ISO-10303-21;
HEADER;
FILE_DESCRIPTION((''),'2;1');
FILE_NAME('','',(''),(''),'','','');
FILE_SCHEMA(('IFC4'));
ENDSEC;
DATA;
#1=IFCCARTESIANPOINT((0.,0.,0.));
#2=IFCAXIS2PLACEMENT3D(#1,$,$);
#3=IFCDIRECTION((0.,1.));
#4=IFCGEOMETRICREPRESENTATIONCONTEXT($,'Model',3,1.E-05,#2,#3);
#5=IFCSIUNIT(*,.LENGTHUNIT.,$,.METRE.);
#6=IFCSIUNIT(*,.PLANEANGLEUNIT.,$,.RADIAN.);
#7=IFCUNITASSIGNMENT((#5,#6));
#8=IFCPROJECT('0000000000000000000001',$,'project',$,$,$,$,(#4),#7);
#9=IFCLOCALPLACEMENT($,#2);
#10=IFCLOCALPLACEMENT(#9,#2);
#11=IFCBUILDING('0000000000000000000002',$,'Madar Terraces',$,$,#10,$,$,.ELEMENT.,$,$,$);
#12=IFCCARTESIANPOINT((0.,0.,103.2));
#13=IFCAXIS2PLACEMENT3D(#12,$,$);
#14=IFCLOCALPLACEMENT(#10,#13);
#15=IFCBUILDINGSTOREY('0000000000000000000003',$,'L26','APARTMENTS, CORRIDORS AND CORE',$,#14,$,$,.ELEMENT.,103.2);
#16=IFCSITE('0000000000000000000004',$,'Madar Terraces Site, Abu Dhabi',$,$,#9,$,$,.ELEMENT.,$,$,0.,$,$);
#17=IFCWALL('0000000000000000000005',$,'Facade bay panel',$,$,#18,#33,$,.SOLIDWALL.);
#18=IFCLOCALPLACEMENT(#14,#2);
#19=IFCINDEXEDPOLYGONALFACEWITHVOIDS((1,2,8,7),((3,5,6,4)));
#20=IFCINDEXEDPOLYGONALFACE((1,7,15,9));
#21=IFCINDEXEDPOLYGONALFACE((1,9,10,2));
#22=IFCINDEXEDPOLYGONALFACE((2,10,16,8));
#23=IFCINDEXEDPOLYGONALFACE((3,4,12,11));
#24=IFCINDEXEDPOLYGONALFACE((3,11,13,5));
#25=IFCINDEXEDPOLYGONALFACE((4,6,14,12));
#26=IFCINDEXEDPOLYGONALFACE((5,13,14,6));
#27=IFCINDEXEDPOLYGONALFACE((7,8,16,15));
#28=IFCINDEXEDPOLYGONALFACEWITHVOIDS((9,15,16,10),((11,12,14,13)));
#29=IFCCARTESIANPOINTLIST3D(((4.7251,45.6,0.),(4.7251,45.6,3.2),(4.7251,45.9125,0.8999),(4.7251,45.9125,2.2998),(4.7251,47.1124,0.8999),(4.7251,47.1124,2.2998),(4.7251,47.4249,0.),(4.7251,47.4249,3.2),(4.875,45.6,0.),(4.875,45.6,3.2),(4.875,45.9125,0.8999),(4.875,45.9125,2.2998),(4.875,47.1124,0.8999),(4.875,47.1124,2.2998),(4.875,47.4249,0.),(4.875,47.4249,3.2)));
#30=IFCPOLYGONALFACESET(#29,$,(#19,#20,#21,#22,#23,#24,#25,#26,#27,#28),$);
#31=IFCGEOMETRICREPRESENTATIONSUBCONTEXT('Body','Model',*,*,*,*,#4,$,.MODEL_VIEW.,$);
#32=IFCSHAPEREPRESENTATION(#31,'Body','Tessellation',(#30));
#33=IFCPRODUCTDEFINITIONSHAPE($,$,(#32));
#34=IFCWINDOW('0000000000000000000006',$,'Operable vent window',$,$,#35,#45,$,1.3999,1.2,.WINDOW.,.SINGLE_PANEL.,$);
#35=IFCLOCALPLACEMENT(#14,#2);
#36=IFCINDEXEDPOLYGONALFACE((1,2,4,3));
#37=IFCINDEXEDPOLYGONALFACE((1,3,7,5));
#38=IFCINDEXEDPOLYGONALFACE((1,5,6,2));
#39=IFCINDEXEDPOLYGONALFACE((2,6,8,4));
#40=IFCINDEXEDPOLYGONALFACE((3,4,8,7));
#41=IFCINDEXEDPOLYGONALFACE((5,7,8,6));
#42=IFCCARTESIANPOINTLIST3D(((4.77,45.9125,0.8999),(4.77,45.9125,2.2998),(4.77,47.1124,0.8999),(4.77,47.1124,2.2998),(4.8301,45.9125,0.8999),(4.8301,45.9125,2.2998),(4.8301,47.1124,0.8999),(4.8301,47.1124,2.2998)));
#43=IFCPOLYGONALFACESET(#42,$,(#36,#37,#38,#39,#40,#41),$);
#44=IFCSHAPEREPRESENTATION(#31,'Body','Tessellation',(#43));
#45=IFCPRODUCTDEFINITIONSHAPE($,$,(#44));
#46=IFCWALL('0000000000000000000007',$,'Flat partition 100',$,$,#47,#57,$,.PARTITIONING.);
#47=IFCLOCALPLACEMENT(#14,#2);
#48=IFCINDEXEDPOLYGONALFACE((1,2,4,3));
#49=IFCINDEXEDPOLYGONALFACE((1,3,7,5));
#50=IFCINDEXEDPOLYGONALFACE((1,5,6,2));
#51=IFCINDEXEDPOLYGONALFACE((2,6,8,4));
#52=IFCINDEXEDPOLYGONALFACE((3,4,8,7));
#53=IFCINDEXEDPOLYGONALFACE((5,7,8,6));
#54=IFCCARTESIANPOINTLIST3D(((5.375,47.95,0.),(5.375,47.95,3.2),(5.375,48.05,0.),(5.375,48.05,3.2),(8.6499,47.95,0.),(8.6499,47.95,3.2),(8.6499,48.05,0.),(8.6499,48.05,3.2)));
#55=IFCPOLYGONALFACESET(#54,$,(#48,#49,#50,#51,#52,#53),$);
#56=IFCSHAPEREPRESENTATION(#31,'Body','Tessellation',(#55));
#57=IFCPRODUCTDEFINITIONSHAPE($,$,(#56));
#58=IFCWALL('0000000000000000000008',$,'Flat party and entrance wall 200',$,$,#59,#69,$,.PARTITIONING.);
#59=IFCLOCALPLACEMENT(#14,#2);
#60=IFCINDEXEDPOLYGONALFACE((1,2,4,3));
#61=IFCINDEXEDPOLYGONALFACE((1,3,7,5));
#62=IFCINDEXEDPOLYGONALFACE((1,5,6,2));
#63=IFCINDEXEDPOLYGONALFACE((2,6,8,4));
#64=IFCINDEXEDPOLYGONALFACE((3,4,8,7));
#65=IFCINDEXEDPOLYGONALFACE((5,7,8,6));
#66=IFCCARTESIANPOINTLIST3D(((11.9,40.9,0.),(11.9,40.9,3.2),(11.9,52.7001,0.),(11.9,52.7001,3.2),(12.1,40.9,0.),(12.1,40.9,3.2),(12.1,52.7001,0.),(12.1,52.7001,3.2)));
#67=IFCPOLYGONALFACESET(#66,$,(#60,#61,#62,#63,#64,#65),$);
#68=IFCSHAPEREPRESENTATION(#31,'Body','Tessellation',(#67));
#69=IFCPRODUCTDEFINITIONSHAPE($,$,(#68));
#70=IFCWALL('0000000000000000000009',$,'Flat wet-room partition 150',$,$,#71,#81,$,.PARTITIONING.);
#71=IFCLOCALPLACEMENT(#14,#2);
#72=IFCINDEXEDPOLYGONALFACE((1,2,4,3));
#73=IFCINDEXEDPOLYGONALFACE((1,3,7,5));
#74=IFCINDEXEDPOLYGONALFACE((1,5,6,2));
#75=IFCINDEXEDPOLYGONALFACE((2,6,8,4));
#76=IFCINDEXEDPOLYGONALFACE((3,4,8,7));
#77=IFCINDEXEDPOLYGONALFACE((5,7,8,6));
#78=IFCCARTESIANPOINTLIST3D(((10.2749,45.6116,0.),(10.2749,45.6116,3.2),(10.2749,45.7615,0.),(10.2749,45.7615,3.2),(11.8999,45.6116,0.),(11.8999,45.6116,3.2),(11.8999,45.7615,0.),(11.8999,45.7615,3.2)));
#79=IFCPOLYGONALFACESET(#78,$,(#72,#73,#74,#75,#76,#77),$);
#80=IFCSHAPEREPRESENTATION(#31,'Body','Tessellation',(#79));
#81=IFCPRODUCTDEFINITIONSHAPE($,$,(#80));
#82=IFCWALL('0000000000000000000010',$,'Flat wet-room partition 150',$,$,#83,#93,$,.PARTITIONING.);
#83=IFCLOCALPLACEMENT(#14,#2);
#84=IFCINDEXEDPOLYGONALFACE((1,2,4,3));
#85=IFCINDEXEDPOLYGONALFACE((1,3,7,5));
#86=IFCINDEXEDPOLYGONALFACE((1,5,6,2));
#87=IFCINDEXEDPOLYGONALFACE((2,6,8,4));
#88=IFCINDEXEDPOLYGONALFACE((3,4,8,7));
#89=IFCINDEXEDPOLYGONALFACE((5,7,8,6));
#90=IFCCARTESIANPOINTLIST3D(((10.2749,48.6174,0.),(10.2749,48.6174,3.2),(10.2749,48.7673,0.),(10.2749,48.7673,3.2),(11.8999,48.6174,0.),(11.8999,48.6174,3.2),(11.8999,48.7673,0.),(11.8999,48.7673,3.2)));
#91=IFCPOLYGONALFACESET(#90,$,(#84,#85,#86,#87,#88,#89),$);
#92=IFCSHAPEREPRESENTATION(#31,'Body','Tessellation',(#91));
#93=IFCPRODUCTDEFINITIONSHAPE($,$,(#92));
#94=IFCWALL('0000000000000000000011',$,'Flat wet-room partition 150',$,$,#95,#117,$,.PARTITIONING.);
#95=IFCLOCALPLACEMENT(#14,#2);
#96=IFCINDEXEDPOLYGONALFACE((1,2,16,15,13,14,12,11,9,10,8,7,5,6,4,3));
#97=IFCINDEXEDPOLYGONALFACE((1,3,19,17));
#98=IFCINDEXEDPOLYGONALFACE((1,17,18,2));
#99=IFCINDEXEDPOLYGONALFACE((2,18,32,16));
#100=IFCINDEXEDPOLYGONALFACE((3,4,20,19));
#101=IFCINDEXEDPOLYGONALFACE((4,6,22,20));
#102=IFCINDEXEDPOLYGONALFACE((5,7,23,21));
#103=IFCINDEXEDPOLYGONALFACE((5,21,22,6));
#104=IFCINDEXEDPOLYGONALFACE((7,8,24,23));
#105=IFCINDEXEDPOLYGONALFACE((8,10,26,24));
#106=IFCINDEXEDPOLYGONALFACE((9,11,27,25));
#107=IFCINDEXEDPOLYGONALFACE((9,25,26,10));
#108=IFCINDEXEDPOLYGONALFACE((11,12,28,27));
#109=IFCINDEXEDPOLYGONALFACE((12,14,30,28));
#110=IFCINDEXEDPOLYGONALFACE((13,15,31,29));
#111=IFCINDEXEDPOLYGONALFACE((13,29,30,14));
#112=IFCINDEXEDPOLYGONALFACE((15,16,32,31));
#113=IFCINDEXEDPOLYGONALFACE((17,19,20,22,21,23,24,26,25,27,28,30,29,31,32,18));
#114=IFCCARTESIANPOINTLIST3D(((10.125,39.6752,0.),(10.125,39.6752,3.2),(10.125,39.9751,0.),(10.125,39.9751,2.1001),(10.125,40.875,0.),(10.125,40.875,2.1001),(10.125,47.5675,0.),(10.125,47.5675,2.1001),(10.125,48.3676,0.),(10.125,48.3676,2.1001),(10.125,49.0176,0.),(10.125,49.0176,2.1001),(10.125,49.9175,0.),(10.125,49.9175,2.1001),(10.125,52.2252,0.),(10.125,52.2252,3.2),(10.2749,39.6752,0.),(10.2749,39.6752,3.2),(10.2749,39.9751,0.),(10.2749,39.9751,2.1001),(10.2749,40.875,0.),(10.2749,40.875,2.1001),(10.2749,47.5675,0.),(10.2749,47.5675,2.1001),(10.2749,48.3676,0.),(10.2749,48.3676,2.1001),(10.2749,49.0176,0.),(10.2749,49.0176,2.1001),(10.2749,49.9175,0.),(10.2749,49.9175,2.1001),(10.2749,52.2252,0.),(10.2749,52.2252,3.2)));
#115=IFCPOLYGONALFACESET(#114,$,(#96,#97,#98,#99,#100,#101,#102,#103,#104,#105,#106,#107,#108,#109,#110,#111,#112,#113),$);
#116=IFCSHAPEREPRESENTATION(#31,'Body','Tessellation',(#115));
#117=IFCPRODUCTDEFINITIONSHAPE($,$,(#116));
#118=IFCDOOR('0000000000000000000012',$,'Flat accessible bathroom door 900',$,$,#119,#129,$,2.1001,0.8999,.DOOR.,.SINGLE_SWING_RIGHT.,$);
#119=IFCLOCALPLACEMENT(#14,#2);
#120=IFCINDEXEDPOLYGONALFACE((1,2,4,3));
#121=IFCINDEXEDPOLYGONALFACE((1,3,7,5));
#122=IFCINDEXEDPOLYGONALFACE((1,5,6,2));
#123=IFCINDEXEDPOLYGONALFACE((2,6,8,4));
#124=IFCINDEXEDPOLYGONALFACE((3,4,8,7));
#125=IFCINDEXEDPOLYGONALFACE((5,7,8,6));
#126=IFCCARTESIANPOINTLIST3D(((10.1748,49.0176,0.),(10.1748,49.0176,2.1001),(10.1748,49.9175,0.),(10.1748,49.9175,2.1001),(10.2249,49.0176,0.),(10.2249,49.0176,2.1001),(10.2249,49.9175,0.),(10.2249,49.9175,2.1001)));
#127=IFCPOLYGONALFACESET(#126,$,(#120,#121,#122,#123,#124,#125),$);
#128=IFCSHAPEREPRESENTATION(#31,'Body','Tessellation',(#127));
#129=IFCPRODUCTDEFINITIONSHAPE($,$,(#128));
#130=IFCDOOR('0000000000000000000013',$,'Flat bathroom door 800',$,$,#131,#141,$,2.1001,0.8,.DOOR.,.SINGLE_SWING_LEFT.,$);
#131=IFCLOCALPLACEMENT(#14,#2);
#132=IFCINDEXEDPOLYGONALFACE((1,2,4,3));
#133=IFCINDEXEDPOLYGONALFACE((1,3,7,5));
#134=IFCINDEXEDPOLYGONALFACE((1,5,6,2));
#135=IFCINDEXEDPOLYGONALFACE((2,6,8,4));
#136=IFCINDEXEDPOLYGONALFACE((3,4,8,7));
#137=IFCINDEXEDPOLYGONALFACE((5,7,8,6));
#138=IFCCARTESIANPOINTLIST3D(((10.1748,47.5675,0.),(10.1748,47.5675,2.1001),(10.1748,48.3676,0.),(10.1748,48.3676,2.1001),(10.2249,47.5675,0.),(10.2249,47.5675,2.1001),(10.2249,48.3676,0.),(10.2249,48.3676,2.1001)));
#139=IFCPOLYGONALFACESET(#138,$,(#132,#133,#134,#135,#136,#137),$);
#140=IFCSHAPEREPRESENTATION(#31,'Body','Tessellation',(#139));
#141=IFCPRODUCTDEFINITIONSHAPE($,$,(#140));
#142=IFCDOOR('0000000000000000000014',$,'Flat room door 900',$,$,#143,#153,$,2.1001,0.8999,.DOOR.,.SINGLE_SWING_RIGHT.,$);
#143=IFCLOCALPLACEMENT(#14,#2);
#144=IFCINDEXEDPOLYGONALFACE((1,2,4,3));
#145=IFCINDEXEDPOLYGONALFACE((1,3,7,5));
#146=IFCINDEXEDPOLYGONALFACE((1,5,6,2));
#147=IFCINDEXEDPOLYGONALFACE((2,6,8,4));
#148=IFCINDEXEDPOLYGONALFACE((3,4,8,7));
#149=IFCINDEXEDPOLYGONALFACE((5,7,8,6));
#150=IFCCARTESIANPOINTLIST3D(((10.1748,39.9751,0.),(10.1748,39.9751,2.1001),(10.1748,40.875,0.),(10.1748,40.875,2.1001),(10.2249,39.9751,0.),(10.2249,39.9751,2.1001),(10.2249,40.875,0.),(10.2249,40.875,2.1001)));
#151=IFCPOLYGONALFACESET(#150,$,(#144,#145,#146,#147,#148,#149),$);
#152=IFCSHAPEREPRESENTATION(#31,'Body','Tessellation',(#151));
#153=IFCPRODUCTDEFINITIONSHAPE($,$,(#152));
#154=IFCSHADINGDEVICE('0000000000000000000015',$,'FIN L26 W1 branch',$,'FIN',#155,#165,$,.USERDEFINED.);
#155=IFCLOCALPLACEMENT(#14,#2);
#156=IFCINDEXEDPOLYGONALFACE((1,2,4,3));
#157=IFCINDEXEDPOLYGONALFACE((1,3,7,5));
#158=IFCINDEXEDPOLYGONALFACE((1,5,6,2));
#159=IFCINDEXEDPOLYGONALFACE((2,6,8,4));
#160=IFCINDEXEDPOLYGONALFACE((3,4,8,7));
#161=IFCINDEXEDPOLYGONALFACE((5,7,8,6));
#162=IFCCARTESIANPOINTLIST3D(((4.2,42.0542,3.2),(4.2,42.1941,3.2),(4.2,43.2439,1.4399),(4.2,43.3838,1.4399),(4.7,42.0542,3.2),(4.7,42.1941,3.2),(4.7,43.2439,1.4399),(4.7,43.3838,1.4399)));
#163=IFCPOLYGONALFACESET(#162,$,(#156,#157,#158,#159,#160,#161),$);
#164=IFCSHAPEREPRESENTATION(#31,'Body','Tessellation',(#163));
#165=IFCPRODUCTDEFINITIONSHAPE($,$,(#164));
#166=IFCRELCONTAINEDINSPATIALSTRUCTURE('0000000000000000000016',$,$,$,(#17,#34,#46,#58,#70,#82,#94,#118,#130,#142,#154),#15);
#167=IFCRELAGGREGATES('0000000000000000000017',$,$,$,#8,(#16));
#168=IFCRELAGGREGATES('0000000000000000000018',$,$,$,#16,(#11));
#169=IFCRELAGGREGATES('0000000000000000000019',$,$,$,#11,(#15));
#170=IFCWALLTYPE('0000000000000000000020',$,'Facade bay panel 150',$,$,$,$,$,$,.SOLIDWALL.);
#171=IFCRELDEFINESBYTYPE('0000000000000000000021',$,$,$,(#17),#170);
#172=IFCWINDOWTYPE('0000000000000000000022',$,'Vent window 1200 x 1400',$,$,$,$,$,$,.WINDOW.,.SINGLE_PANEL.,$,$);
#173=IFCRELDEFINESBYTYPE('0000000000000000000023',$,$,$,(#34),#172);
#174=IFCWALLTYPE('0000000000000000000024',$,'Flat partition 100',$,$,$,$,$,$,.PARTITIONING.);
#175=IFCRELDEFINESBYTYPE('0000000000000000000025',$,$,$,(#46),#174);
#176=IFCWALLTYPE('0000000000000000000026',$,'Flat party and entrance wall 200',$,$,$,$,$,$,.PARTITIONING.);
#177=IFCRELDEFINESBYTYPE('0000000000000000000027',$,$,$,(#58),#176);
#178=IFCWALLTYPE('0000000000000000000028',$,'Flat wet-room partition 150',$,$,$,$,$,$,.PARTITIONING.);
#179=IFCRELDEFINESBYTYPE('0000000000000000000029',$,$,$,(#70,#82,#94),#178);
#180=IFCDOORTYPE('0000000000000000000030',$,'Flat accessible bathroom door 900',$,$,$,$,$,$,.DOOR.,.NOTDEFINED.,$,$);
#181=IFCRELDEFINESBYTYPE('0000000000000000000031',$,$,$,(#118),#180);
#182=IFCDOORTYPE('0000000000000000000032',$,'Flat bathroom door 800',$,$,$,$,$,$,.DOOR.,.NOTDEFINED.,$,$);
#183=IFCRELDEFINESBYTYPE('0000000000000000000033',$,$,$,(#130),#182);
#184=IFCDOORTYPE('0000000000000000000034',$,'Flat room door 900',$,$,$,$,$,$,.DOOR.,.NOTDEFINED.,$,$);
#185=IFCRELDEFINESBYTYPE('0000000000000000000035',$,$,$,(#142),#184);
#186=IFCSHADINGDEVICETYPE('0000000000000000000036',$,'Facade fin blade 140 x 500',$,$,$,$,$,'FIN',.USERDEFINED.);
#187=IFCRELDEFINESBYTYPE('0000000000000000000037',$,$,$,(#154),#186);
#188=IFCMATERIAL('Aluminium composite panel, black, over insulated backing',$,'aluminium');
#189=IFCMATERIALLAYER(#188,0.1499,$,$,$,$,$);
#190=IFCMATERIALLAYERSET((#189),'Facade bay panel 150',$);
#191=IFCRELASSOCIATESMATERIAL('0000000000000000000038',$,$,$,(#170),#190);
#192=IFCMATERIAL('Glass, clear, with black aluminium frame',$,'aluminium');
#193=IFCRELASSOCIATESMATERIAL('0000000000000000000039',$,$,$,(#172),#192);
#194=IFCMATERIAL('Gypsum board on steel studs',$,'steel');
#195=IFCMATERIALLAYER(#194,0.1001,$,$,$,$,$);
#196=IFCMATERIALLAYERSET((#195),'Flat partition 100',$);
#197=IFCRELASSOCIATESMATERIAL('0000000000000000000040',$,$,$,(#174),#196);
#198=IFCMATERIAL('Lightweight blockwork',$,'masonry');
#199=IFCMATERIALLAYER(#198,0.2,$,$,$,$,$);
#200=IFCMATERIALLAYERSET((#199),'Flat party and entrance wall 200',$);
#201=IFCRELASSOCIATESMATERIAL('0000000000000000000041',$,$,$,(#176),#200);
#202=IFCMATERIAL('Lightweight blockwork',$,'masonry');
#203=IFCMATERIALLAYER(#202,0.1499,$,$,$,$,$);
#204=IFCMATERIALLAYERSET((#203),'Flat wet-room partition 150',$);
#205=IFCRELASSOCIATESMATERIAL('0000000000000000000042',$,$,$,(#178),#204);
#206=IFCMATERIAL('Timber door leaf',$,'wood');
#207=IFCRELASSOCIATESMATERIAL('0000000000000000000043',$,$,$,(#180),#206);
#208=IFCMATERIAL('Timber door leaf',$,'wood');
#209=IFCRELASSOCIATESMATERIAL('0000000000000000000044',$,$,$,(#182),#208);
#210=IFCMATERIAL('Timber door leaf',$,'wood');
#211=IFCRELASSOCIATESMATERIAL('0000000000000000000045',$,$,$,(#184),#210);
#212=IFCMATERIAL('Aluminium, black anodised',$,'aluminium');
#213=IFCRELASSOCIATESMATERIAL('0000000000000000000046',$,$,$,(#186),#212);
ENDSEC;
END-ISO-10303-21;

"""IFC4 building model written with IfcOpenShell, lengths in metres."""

from ifc_helpers import new_model, si_unit, direction, frame, frame_2d, origin, place, context, subcontext, project, spatial, polyline, rectangle, outline, extrude, material, layer, layer_set, type_object, element, fill, save


model = new_model("IFC4")

# Units and contexts
model_context = context("Model", 3, precision=1e-05, world=origin(), true_north=direction((0.0, 1.0)))
body_context = subcontext(model_context, "Body", "Model", "MODEL_VIEW")
ifc_project = project(units=[si_unit("LENGTHUNIT", "METRE"), si_unit("PLANEANGLEUNIT", "RADIAN")], contexts=[model_context])

# Site, building, storey
site_placement = place(None, origin())
site = spatial("IfcSite", under=ifc_project, at=site_placement, Name="Madar Terraces Site, Abu Dhabi", CompositionType="ELEMENT", RefElevation=0.0)
building_placement = place(site_placement, origin())
building = spatial("IfcBuilding", under=site, at=building_placement, Name="Madar Terraces", CompositionType="ELEMENT")
storey_placement = place(building_placement, frame((0.0, 0.0, 103.2)))
storey = spatial("IfcBuildingStorey", under=building, at=storey_placement, Name="L26", Description="APARTMENTS, CORRIDORS AND CORE", CompositionType="ELEMENT", Elevation=103.2)

# Wall, opening, window
ifc_material_1 = material(Name="Aluminium composite panel, black, over insulated backing", Category="aluminium")
ifc_layer_1 = layer(ifc_material_1, 0.1499)
ifc_layer_set_1 = layer_set([ifc_layer_1], Name="Facade bay panel 150")
wall_type_1 = type_object("IfcWallType", Name="Facade bay panel 150", PredefinedType="SOLIDWALL", material=ifc_layer_set_1)
wall_1_placement = place(storey_placement, frame((4.8, 47.425, 0.0), z_axis=(0.0, 0.0, 1.0), x_axis=(0.0, -1.0, 0.0)))
wall_1 = element("IfcWall", 1, at=wall_1_placement, inside=storey, type_object=wall_type_1, Name="Facade bay panel", PredefinedType="SOLIDWALL", context=body_context, shape_type="SweptSolid", body=[
    extrude(rectangle(XDim=1.825, YDim=0.1499, at=frame_2d((0.9126, 0.0))), origin(), (0.0, 0.0, 1.0), 3.2),
])
opening_1_placement = place(wall_1_placement, frame((0.3125, 0.0, 0.8999)))
opening_1 = element("IfcOpeningElement", 2, at=opening_1_placement, cuts=wall_1, PredefinedType="OPENING", context=body_context, shape_type="SweptSolid", body=[
    extrude(rectangle(XDim=1.2, YDim=1.3999, at=frame_2d((0.6001, 0.7))), frame((0.0, 0.085, 0.0), z_axis=(0.0, -1.0, 0.0), x_axis=(1.0, 0.0, 0.0)), (0.0, 0.0, 1.0), 0.1699),
])
ifc_material_2 = material(Name="Glass, clear, with black aluminium frame", Category="aluminium")
window_type = type_object("IfcWindowType", Name="Vent window 1200 x 1400", PartitioningType="SINGLE_PANEL", PredefinedType="WINDOW", material=ifc_material_2)
window_placement = place(opening_1_placement, origin())
window = element("IfcWindow", 3, at=window_placement, inside=storey, type_object=window_type, Name="Operable vent window", OverallHeight=1.3999, OverallWidth=1.2, PartitioningType="SINGLE_PANEL", PredefinedType="WINDOW", context=body_context, shape_type="SweptSolid", body=[
    extrude(rectangle(XDim=1.2, YDim=1.3999, at=frame_2d((0.6001, 0.7))), frame((0.0, 0.03, 0.0), z_axis=(0.0, -1.0, 0.0), x_axis=(1.0, 0.0, 0.0)), (0.0, 0.0, 1.0), 0.0601),
])
fill(opening_1, window)

# Walls
ifc_material_3 = material(Name="Gypsum board on steel studs", Category="steel")
ifc_layer_2 = layer(ifc_material_3, 0.1001)
ifc_layer_set_2 = layer_set([ifc_layer_2], Name="Flat partition 100")
wall_type_2 = type_object("IfcWallType", Name="Flat partition 100", PredefinedType="PARTITIONING", material=ifc_layer_set_2)
wall_2_placement = place(storey_placement, frame((8.6499, 48.0, 0.0), z_axis=(0.0, 0.0, 1.0), x_axis=(-1.0, 0.0, 0.0)))
element("IfcWall", 4, at=wall_2_placement, inside=storey, type_object=wall_type_2, Name="Flat partition 100", PredefinedType="PARTITIONING", context=body_context, shape_type="SweptSolid", body=[
    extrude(rectangle(XDim=3.2749, YDim=0.1001, at=frame_2d((1.6375, 0.0))), origin(), (0.0, 0.0, 1.0), 3.2),
])
ifc_material_4 = material(Name="Lightweight blockwork", Category="masonry")
ifc_layer_3 = layer(ifc_material_4, 0.2)
ifc_layer_set_3 = layer_set([ifc_layer_3], Name="Flat party and entrance wall 200")
wall_type_3 = type_object("IfcWallType", Name="Flat party and entrance wall 200", PredefinedType="PARTITIONING", material=ifc_layer_set_3)
wall_3_placement = place(storey_placement, frame((12.0, 52.7, 0.0), z_axis=(0.0, 0.0, 1.0), x_axis=(0.0, -1.0, 0.0)))
element("IfcWall", 5, at=wall_3_placement, inside=storey, type_object=wall_type_3, Name="Flat party and entrance wall 200", PredefinedType="PARTITIONING", context=body_context, shape_type="SweptSolid", body=[
    extrude(rectangle(XDim=11.8, YDim=0.2, at=frame_2d((5.8999, 0.0))), origin(), (0.0, 0.0, 1.0), 3.2),
])
ifc_material_5 = material(Name="Lightweight blockwork", Category="masonry")
ifc_layer_4 = layer(ifc_material_5, 0.1499)
ifc_layer_set_4 = layer_set([ifc_layer_4], Name="Flat wet-room partition 150")
wall_type_4 = type_object("IfcWallType", Name="Flat wet-room partition 150", PredefinedType="PARTITIONING", material=ifc_layer_set_4)
for number, where, z_axis, x_axis, name in (
    (6, (11.8999, 45.6865, 0.0), (0.0, 0.0, 1.0), (-1.0, 0.0, 0.0), "Flat wet-room partition 150"),
    (7, (11.8999, 48.6924, 0.0), (0.0, 0.0, 1.0), (-1.0, 0.0, 0.0), "Flat wet-room partition 150"),
):
    element("IfcWall", number, at=place(storey_placement, frame(where, z_axis=z_axis, x_axis=x_axis)), inside=storey, type_object=wall_type_4, Name=name, PredefinedType="PARTITIONING", context=body_context, shape_type="SweptSolid", body=[
        extrude(rectangle(XDim=1.625, YDim=0.1499, at=frame_2d((0.8125, 0.0))), origin(), (0.0, 0.0, 1.0), 3.2),
    ])

# Wall, openings, doors
wall_4_placement = place(storey_placement, frame((10.2, 52.2251, 0.0), z_axis=(0.0, 0.0, 1.0), x_axis=(0.0, -1.0, 0.0)))
wall_4 = element("IfcWall", 8, at=wall_4_placement, inside=storey, type_object=wall_type_4, Name="Flat wet-room partition 150", PredefinedType="PARTITIONING", context=body_context, shape_type="SweptSolid", body=[
    extrude(rectangle(XDim=12.55, YDim=0.1499, at=frame_2d((6.2749, 0.0))), origin(), (0.0, 0.0, 1.0), 3.2),
])
opening_2_placement = place(wall_4_placement, frame((11.3501, 0.0, 0.0)))
opening_2 = element("IfcOpeningElement", 9, at=opening_2_placement, cuts=wall_4, PredefinedType="OPENING", context=body_context, shape_type="SweptSolid", body=[
    extrude(rectangle(XDim=0.8999, YDim=2.1001, at=frame_2d((0.45, 1.05))), frame((0.0, 0.085, 0.0), z_axis=(0.0, -1.0, 0.0), x_axis=(1.0, 0.0, 0.0)), (0.0, 0.0, 1.0), 0.1699),
])
opening_3_placement = place(wall_4_placement, frame((3.8577, 0.0, 0.0)))
opening_3 = element("IfcOpeningElement", 10, at=opening_3_placement, cuts=wall_4, PredefinedType="OPENING", context=body_context, shape_type="SweptSolid", body=[
    extrude(rectangle(XDim=0.8, YDim=2.1001, at=frame_2d((0.3999, 1.05))), frame((0.0, 0.085, 0.0), z_axis=(0.0, -1.0, 0.0), x_axis=(1.0, 0.0, 0.0)), (0.0, 0.0, 1.0), 0.1699),
])
opening_4_placement = place(wall_4_placement, frame((2.3076, 0.0, 0.0)))
opening_4 = element("IfcOpeningElement", 11, at=opening_4_placement, cuts=wall_4, PredefinedType="OPENING", context=body_context, shape_type="SweptSolid", body=[
    extrude(rectangle(XDim=0.8999, YDim=2.1001, at=frame_2d((0.45, 1.05))), frame((0.0, 0.085, 0.0), z_axis=(0.0, -1.0, 0.0), x_axis=(1.0, 0.0, 0.0)), (0.0, 0.0, 1.0), 0.1699),
])
ifc_material_6 = material(Name="Timber door leaf", Category="wood")
door_type_1 = type_object("IfcDoorType", Name="Flat accessible bathroom door 900", OperationType="NOTDEFINED", PredefinedType="DOOR", material=ifc_material_6)
door_1_placement = place(opening_4_placement, origin())
door_1 = element("IfcDoor", 12, at=door_1_placement, inside=storey, type_object=door_type_1, Name="Flat accessible bathroom door 900", OperationType="SINGLE_SWING_RIGHT", OverallHeight=2.1001, OverallWidth=0.8999, PredefinedType="DOOR", context=body_context, shape_type="SweptSolid", body=[
    extrude(rectangle(XDim=0.8999, YDim=2.1001, at=frame_2d((0.45, 1.05))), frame((0.0, 0.0249, 0.0), z_axis=(0.0, -1.0, 0.0), x_axis=(1.0, 0.0, 0.0)), (0.0, 0.0, 1.0), 0.05),
])
fill(opening_4, door_1)
ifc_material_7 = material(Name="Timber door leaf", Category="wood")
door_type_2 = type_object("IfcDoorType", Name="Flat bathroom door 800", OperationType="NOTDEFINED", PredefinedType="DOOR", material=ifc_material_7)
door_2_placement = place(opening_3_placement, origin())
door_2 = element("IfcDoor", 13, at=door_2_placement, inside=storey, type_object=door_type_2, Name="Flat bathroom door 800", OperationType="SINGLE_SWING_LEFT", OverallHeight=2.1001, OverallWidth=0.8, PredefinedType="DOOR", context=body_context, shape_type="SweptSolid", body=[
    extrude(rectangle(XDim=0.8, YDim=2.1001, at=frame_2d((0.3999, 1.05))), frame((0.0, 0.0249, 0.0), z_axis=(0.0, -1.0, 0.0), x_axis=(1.0, 0.0, 0.0)), (0.0, 0.0, 1.0), 0.05),
])
fill(opening_3, door_2)
ifc_material_8 = material(Name="Timber door leaf", Category="wood")
door_type_3 = type_object("IfcDoorType", Name="Flat room door 900", OperationType="NOTDEFINED", PredefinedType="DOOR", material=ifc_material_8)
door_3_placement = place(opening_2_placement, origin())
door_3 = element("IfcDoor", 14, at=door_3_placement, inside=storey, type_object=door_type_3, Name="Flat room door 900", OperationType="SINGLE_SWING_RIGHT", OverallHeight=2.1001, OverallWidth=0.8999, PredefinedType="DOOR", context=body_context, shape_type="SweptSolid", body=[
    extrude(rectangle(XDim=0.8999, YDim=2.1001, at=frame_2d((0.45, 1.05))), frame((0.0, 0.0249, 0.0), z_axis=(0.0, -1.0, 0.0), x_axis=(1.0, 0.0, 0.0)), (0.0, 0.0, 1.0), 0.05),
])
fill(opening_2, door_3)

# Shading device
ifc_material_9 = material(Name="Aluminium, black anodised", Category="aluminium")
shading_device_type = type_object("IfcShadingDeviceType", Name="Facade fin blade 140 x 500", ElementType="FIN", PredefinedType="USERDEFINED", material=ifc_material_9)
shading_device_placement = place(storey_placement, frame((4.45, 43.3838, 1.4399), z_axis=(0.0, 0.0, 1.0), x_axis=(0.0, -1.0, 0.0)))
element("IfcShadingDevice", 15, at=shading_device_placement, inside=storey, type_object=shading_device_type, Name="FIN L26 W1 branch", ObjectType="FIN", PredefinedType="USERDEFINED", context=body_context, shape_type="SweptSolid", body=[
    extrude(outline(polyline([(0.0, 0.0), (0.1399, 0.0), (1.3296, 1.76), (1.1897, 1.76), (0.0, 0.0)])), frame((0.0, 0.25, 0.0), z_axis=(0.0, -1.0, 0.0), x_axis=(1.0, 0.0, 0.0)), (0.0, 0.0, 1.0), 0.5),
])

save(model, "model.ifc")
